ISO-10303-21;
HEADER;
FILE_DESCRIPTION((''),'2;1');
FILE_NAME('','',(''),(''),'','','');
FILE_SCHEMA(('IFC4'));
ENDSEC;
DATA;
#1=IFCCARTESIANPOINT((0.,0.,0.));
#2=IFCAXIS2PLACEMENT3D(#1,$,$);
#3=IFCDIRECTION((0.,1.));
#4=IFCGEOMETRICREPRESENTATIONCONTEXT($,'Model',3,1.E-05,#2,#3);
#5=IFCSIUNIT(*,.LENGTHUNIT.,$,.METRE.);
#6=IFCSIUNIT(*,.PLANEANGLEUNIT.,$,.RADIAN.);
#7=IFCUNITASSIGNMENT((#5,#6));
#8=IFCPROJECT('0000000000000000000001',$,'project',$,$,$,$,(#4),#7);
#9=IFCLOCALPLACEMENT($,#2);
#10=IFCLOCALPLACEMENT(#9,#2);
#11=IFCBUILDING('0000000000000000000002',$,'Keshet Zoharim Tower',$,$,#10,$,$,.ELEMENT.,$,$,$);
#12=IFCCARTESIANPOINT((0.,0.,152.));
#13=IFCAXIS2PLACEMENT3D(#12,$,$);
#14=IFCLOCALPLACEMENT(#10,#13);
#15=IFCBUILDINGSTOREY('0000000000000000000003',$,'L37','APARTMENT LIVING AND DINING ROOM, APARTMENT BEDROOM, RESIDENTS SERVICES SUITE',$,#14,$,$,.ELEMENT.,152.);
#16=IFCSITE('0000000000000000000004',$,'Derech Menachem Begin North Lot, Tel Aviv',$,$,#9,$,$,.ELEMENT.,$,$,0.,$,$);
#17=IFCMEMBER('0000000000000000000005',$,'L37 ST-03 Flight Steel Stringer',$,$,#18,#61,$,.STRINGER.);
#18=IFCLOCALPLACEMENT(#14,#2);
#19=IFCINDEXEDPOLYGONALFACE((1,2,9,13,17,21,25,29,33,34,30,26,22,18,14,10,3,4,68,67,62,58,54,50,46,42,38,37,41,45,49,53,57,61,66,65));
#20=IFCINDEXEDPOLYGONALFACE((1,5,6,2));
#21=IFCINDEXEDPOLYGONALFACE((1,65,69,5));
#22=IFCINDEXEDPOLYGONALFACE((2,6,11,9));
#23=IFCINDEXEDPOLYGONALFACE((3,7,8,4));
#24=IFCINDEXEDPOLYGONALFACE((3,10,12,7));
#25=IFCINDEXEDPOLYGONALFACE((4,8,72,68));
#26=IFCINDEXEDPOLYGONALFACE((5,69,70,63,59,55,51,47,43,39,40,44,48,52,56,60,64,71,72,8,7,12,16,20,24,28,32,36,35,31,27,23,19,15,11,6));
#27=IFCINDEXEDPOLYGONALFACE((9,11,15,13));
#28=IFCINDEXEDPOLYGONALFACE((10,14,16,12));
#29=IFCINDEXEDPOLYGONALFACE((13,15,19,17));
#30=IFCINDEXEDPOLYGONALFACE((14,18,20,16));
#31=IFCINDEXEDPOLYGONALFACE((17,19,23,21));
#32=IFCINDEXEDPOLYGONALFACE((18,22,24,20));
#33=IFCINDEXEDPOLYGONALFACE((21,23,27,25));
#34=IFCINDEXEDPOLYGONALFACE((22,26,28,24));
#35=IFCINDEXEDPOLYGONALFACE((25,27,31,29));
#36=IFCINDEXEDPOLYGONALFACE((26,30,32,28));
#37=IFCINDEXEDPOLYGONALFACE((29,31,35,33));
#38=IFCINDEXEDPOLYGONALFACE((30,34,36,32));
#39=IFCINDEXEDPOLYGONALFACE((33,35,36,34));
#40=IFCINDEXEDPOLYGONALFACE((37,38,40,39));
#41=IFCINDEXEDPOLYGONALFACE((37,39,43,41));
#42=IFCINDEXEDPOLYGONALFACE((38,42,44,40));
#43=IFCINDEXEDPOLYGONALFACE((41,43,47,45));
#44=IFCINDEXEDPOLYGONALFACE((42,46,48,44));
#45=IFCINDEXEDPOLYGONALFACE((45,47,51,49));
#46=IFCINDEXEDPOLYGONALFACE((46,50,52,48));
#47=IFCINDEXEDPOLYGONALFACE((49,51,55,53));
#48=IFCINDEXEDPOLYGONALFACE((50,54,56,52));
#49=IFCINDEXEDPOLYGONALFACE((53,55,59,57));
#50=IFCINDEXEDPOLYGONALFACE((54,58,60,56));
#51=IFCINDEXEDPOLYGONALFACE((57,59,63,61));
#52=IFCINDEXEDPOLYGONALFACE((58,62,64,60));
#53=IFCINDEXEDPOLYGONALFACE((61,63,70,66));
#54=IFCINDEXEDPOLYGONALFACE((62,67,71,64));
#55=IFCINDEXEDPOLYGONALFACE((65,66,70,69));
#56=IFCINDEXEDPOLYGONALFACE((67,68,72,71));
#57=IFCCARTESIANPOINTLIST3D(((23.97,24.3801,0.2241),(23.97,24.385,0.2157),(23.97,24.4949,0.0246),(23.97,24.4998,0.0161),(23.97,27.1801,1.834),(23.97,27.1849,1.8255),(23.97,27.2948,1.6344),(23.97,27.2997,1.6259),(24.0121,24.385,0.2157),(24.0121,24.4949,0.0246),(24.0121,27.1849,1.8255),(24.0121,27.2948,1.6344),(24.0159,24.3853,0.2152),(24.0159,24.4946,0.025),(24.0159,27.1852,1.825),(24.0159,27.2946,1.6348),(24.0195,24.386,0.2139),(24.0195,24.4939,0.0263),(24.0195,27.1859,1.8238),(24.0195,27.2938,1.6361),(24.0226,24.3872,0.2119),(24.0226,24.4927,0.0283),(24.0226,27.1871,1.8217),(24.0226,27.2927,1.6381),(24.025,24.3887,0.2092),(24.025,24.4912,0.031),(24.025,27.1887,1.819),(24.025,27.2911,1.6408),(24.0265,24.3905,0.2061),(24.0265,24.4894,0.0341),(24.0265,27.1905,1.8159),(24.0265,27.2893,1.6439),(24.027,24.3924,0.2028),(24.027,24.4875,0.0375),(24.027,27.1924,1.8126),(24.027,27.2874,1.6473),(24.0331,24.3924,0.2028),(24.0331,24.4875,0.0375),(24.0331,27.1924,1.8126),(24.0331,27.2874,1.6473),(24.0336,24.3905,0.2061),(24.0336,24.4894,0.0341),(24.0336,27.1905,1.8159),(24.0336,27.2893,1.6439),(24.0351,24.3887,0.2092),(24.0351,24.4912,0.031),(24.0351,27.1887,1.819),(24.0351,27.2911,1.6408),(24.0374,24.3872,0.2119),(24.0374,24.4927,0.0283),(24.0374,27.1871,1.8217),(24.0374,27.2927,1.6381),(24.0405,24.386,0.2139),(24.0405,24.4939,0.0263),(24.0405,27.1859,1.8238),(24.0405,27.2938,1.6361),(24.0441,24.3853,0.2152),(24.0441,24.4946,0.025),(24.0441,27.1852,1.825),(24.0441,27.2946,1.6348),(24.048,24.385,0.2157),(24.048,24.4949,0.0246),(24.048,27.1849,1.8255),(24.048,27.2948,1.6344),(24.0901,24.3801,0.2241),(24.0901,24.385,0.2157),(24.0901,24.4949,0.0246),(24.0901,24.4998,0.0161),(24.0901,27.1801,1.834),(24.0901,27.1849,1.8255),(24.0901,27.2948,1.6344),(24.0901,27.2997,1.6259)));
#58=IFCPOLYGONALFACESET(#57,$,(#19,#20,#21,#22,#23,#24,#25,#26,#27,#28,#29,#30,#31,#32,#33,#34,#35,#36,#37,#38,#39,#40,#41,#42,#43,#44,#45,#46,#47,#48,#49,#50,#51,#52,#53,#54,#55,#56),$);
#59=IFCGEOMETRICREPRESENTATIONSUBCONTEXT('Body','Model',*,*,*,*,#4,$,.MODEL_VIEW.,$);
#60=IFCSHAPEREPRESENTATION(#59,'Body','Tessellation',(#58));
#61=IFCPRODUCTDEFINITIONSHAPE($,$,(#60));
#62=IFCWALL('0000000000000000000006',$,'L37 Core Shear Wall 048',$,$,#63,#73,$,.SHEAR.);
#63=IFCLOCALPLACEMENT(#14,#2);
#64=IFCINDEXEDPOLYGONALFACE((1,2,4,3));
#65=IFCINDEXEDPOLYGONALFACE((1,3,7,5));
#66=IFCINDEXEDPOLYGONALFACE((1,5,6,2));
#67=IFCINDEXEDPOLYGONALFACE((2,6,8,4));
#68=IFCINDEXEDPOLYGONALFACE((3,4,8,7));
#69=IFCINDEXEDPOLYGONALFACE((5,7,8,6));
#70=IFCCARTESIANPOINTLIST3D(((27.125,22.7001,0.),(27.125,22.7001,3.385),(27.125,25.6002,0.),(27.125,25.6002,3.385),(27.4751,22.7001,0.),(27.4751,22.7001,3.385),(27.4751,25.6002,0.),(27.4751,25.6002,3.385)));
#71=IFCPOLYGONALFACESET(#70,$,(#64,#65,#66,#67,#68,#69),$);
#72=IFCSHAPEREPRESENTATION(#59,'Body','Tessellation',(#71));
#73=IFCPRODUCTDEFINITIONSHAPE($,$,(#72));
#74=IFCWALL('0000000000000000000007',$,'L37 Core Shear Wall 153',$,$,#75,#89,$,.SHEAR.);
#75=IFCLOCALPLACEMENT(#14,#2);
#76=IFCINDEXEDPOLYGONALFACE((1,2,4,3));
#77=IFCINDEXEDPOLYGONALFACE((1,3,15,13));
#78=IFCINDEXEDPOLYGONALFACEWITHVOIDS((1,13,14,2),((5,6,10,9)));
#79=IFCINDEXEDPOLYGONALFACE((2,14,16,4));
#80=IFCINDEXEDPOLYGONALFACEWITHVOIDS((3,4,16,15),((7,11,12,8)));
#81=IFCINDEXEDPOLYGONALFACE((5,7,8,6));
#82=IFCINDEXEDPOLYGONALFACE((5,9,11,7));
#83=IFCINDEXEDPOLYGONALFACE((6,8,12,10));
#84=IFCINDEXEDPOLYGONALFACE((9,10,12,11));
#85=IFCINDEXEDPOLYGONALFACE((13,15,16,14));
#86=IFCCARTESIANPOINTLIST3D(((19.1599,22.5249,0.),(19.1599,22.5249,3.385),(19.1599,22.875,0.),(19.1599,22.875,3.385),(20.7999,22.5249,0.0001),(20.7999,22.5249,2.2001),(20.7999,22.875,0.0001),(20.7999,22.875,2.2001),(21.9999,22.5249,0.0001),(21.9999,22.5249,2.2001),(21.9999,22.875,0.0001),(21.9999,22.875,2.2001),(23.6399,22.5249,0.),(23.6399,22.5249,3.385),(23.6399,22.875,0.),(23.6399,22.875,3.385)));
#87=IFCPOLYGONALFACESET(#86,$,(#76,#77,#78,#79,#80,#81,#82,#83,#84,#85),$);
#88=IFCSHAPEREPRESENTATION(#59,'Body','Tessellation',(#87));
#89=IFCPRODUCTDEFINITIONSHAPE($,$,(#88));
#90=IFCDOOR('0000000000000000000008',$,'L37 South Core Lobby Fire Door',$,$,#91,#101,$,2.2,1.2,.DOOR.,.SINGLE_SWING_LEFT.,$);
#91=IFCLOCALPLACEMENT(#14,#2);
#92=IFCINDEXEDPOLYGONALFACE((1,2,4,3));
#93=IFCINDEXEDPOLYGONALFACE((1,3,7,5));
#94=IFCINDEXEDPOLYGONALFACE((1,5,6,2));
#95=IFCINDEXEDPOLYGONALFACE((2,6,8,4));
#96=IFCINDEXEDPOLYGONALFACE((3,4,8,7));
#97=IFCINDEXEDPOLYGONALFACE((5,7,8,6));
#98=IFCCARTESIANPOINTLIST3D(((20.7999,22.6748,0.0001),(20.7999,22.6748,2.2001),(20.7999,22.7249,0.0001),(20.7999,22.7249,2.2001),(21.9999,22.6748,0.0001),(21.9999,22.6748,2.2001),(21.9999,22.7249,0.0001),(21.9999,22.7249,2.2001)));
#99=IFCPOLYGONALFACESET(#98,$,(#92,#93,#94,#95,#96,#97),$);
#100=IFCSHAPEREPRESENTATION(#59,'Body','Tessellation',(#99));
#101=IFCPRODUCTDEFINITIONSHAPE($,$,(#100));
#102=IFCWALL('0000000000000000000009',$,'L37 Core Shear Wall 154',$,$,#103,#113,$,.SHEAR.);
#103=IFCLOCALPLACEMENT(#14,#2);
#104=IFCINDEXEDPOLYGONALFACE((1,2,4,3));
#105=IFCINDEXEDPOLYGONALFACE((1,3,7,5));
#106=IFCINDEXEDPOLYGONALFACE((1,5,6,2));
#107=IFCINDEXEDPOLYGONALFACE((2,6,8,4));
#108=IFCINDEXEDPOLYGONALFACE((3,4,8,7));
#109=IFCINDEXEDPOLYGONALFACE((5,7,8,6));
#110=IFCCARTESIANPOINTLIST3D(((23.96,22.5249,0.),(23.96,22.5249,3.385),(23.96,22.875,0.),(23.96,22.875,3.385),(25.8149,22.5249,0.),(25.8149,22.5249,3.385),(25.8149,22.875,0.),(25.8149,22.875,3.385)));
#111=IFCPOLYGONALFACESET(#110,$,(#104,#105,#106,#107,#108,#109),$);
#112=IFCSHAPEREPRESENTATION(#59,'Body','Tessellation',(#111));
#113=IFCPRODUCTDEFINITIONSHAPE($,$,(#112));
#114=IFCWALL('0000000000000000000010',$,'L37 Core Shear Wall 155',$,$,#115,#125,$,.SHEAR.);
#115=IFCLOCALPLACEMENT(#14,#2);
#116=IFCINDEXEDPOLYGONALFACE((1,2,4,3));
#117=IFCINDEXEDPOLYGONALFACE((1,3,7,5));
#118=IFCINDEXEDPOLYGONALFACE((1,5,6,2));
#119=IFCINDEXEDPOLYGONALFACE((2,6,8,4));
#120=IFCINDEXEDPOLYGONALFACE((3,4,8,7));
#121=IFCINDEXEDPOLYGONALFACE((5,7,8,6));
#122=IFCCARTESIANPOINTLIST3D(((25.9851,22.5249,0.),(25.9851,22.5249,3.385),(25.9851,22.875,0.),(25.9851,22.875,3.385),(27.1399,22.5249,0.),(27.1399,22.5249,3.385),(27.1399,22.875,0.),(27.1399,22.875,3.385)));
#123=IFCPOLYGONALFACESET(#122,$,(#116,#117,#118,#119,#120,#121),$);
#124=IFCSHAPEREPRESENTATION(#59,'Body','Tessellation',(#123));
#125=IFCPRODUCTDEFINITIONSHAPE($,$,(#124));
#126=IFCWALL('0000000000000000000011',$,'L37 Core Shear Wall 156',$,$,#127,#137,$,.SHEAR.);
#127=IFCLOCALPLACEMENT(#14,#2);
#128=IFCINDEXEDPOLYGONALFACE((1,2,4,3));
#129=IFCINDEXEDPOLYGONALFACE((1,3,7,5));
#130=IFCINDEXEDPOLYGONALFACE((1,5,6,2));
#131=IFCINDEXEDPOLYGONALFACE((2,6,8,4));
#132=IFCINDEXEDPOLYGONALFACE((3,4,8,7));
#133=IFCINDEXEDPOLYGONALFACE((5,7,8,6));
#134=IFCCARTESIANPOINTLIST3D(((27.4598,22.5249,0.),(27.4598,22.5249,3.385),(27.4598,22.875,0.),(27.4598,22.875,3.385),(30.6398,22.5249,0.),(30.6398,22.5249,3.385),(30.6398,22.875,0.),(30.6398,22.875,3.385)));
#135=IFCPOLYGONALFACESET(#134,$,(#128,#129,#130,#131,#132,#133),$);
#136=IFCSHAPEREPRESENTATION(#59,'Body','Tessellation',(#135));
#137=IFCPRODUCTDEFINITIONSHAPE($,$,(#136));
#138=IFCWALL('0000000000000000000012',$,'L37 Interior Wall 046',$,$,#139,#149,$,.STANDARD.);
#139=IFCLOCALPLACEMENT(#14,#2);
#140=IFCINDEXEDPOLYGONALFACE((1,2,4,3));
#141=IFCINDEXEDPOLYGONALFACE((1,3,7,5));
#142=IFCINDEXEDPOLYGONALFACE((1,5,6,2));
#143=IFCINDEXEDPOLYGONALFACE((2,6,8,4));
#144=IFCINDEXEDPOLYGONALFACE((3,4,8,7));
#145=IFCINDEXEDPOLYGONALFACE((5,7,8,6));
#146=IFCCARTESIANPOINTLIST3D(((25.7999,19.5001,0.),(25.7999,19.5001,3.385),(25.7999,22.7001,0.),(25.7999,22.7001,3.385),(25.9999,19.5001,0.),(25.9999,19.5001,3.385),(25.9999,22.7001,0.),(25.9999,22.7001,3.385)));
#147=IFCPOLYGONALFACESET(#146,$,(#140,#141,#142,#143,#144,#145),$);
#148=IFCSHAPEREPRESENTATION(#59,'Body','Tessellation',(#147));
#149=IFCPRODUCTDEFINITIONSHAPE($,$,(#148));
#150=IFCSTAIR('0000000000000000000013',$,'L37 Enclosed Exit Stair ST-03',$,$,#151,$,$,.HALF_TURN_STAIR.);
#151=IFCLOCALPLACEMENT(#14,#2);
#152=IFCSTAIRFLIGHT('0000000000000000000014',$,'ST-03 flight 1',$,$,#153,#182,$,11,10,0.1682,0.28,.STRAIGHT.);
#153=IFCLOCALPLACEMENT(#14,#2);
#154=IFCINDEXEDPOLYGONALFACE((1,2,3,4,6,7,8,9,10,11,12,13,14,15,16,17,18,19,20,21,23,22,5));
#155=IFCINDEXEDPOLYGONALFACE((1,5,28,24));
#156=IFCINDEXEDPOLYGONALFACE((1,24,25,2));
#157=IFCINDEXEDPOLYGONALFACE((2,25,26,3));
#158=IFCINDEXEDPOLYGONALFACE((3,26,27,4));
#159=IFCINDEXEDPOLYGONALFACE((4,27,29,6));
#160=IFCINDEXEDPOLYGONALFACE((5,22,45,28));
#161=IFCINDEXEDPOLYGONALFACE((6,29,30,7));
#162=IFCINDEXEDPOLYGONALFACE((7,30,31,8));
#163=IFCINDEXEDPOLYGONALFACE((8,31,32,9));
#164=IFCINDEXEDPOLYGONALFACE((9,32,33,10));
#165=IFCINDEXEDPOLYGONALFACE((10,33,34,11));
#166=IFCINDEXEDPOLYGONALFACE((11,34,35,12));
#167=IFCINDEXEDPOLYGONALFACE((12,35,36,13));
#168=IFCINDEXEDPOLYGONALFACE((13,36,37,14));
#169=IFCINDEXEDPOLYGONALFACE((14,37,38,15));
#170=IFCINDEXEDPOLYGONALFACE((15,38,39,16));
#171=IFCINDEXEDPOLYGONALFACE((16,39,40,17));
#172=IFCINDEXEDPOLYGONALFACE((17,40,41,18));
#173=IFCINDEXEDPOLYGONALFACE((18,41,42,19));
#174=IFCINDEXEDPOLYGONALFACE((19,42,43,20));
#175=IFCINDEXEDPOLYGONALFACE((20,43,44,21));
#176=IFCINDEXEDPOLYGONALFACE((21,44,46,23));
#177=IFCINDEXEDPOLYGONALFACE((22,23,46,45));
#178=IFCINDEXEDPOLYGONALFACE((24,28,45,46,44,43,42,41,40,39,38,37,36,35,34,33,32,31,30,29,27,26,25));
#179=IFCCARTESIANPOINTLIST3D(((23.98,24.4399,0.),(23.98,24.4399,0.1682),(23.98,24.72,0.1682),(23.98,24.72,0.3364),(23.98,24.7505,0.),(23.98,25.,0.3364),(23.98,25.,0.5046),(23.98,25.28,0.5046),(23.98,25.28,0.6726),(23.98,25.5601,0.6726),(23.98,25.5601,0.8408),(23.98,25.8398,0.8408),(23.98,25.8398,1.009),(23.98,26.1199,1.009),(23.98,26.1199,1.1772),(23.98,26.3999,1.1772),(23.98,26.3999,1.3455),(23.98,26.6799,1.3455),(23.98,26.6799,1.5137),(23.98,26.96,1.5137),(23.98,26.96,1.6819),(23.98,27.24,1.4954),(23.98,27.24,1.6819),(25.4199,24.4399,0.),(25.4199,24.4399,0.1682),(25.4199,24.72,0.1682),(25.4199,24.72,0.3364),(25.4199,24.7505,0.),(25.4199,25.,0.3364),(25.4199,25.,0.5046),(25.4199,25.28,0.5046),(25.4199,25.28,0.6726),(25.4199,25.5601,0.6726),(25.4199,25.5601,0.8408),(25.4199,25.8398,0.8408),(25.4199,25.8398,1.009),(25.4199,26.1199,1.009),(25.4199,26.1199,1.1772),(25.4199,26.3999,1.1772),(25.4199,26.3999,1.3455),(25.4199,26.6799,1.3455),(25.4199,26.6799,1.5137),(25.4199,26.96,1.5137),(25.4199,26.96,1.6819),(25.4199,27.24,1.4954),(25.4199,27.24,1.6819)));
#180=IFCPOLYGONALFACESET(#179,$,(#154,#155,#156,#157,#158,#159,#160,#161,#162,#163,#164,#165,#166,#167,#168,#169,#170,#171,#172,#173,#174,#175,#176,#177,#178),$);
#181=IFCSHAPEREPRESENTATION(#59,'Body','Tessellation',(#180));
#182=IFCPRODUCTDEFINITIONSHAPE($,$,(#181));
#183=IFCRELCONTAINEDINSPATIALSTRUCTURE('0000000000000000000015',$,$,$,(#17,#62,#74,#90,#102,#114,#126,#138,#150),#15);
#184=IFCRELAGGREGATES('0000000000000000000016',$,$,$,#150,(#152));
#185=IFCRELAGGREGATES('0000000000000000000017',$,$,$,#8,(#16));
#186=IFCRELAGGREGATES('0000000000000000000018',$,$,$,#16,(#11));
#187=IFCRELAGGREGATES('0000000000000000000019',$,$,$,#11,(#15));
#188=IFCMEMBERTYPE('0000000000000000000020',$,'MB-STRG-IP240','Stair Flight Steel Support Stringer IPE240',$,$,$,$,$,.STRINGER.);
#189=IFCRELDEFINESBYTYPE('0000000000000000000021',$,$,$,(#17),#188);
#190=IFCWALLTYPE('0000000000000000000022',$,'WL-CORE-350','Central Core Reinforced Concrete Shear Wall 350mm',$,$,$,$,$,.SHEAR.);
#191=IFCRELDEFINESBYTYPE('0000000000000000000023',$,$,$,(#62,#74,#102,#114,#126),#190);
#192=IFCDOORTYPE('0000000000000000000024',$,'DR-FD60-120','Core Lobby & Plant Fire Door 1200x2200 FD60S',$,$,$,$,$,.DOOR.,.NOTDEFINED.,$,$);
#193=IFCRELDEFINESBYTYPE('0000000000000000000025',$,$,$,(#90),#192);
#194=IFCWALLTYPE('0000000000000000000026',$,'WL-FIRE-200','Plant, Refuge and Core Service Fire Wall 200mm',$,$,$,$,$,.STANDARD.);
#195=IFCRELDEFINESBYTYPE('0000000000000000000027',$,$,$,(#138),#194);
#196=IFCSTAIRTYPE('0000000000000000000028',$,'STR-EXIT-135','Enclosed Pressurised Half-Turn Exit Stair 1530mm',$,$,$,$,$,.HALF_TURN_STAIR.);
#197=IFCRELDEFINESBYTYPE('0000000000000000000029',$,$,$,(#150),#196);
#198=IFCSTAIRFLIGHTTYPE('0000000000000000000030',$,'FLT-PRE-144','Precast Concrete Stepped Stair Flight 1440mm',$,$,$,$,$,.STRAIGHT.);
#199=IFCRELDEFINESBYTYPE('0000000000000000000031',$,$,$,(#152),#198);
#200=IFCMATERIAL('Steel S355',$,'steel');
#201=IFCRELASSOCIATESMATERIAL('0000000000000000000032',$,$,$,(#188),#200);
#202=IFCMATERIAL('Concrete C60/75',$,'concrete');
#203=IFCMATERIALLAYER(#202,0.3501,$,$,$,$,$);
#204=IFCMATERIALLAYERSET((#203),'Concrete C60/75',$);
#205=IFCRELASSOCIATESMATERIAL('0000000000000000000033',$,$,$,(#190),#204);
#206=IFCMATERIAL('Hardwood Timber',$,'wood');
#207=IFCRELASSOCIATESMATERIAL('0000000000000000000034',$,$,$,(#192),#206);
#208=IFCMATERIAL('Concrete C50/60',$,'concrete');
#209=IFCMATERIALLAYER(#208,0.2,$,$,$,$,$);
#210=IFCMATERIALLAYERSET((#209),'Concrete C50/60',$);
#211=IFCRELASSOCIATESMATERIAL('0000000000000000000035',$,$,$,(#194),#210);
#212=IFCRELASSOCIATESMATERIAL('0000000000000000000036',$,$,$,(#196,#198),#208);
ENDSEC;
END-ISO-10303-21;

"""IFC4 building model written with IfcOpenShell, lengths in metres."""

from ifc_helpers import new_model, si_unit, direction, frame, frame_2d, origin, origin_2d, place, context, subcontext, project, spatial, polyline, rectangle, i_section, outline, extrude, material, layer, layer_set, material_profile, profile_set, type_object, element, fill, aggregate, save


model = new_model("IFC4")

# Units and contexts
model_context = context("Model", 3, precision=1e-05, world=origin(), true_north=direction((0.0, 1.0)))
body_context = subcontext(model_context, "Body", "Model", "MODEL_VIEW")
ifc_project = project(units=[si_unit("LENGTHUNIT", "METRE"), si_unit("PLANEANGLEUNIT", "RADIAN")], contexts=[model_context])

# Site, building, storey
site_placement = place(None, origin())
site = spatial("IfcSite", under=ifc_project, at=site_placement, Name="Derech Menachem Begin North Lot, Tel Aviv", CompositionType="ELEMENT", RefElevation=0.0)
building_placement = place(site_placement, origin())
building = spatial("IfcBuilding", under=site, at=building_placement, Name="Keshet Zoharim Tower", CompositionType="ELEMENT")
storey_placement = place(building_placement, frame((0.0, 0.0, 152.0)))
storey = spatial("IfcBuildingStorey", under=building, at=storey_placement, Name="L37", Description="APARTMENT LIVING AND DINING ROOM, APARTMENT BEDROOM, RESIDENTS SERVICES SUITE", CompositionType="ELEMENT", Elevation=152.0)

# Member
ifc_material_1 = material(Name="Steel S355", Category="steel")
ifc_material_profile = material_profile(ifc_material_1, i_section(OverallWidth=0.1201, OverallDepth=0.24, WebThickness=0.0061, FlangeThickness=0.0098, FilletRadius=0.0149, at=origin_2d()), Name="IPE240")
ifc_profile_set = profile_set([ifc_material_profile], Name="Steel S355")
member_type = type_object("IfcMemberType", Name="MB-STRG-IP240", Description="Stair Flight Steel Support Stringer IPE240", PredefinedType="STRINGER", material=ifc_profile_set)
member_placement = place(storey_placement, frame((24.03, 24.4399, 0.1201), z_axis=(0.0, 0.866928, 0.498433), x_axis=(-1.0, 0.0, 0.0)))
element("IfcMember", 1, at=member_placement, inside=storey, type_object=member_type, Name="L37 ST-03 Flight Steel Stringer", PredefinedType="STRINGER", context=body_context, shape_type="SweptSolid", body=[
    extrude(i_section(OverallWidth=0.1201, OverallDepth=0.24, WebThickness=0.0061, FlangeThickness=0.0098, FilletRadius=0.0149, at=origin_2d()), origin(), (0.0, 0.0, 1.0), 3.2297),
])

# Shared definitions
ifc_material_2 = material(Name="Concrete C60/75", Category="concrete")
ifc_layer_1 = layer(ifc_material_2, 0.3501)
ifc_layer_set_1 = layer_set([ifc_layer_1], Name="Concrete C60/75")
wall_type_1 = type_object("IfcWallType", Name="WL-CORE-350", Description="Central Core Reinforced Concrete Shear Wall 350mm", PredefinedType="SHEAR", material=ifc_layer_set_1)
ifc_material_3 = material(Name="Hardwood Timber", Category="wood")

# Wall
wall_1_placement = place(storey_placement, frame((27.3, 22.7, 0.0), z_axis=(0.0, 0.0, 1.0), x_axis=(0.0, 1.0, 0.0)))
element("IfcWall", 2, at=wall_1_placement, inside=storey, type_object=wall_type_1, Name="L37 Core Shear Wall 048", PredefinedType="SHEAR", context=body_context, shape_type="SweptSolid", body=[
    extrude(rectangle(XDim=2.9001, YDim=0.3501, at=frame_2d((1.4502, 0.0))), origin(), (0.0, 0.0, 1.0), 3.385),
])

# Wall, opening, door
wall_2_placement = place(storey_placement, frame((19.1599, 22.7, 0.0), z_axis=(0.0, 0.0, 1.0), x_axis=(1.0, 0.0, 0.0)))
wall_2 = element("IfcWall", 3, at=wall_2_placement, inside=storey, type_object=wall_type_1, Name="L37 Core Shear Wall 153", PredefinedType="SHEAR", context=body_context, shape_type="SweptSolid", body=[
    extrude(rectangle(XDim=4.48, YDim=0.3501, at=frame_2d((2.24, 0.0))), origin(), (0.0, 0.0, 1.0), 3.385),
])
opening_1_placement = place(wall_2_placement, frame((1.6399, 0.0, 0.0)))
opening_1 = element("IfcOpeningElement", 4, at=opening_1_placement, cuts=wall_2, PredefinedType="OPENING", context=body_context, shape_type="SweptSolid", body=[
    extrude(rectangle(XDim=1.2, YDim=2.2, at=frame_2d((0.6001, 1.1001))), frame((0.0, 0.1851, 0.0), z_axis=(0.0, -1.0, 0.0), x_axis=(1.0, 0.0, 0.0)), (0.0, 0.0, 1.0), 0.3701),
])
door_type_1 = type_object("IfcDoorType", Name="DR-FD60-120", Description="Core Lobby & Plant Fire Door 1200x2200 FD60S", OperationType="NOTDEFINED", PredefinedType="DOOR", material=ifc_material_3)
door_1_placement = place(opening_1_placement, origin())
door_1 = element("IfcDoor", 5, at=door_1_placement, inside=storey, type_object=door_type_1, Name="L37 South Core Lobby Fire Door", OperationType="SINGLE_SWING_LEFT", OverallHeight=2.2, OverallWidth=1.2, PredefinedType="DOOR", context=body_context, shape_type="SweptSolid", body=[
    extrude(rectangle(XDim=1.2, YDim=2.2, at=frame_2d((0.6001, 1.1001))), frame((0.0, 0.0249, 0.0), z_axis=(0.0, -1.0, 0.0), x_axis=(1.0, 0.0, 0.0)), (0.0, 0.0, 1.0), 0.05),
])
fill(opening_1, door_1)

# Walls
wall_3_placement = place(storey_placement, frame((23.96, 22.7, 0.0), z_axis=(0.0, 0.0, 1.0), x_axis=(1.0, 0.0, 0.0)))
element("IfcWall", 6, at=wall_3_placement, inside=storey, type_object=wall_type_1, Name="L37 Core Shear Wall 154", PredefinedType="SHEAR", context=body_context, shape_type="SweptSolid", body=[
    extrude(rectangle(XDim=1.855, YDim=0.3501, at=frame_2d((0.9275, 0.0))), origin(), (0.0, 0.0, 1.0), 3.385),
])
wall_4_placement = place(storey_placement, frame((25.9851, 22.7, 0.0), z_axis=(0.0, 0.0, 1.0), x_axis=(1.0, 0.0, 0.0)))
element("IfcWall", 7, at=wall_4_placement, inside=storey, type_object=wall_type_1, Name="L37 Core Shear Wall 155", PredefinedType="SHEAR", context=body_context, shape_type="SweptSolid", body=[
    extrude(rectangle(XDim=1.1548, YDim=0.3501, at=frame_2d((0.5774, 0.0))), origin(), (0.0, 0.0, 1.0), 3.385),
])
wall_5_placement = place(storey_placement, frame((27.46, 22.7, 0.0), z_axis=(0.0, 0.0, 1.0), x_axis=(1.0, 0.0, 0.0)))
element("IfcWall", 8, at=wall_5_placement, inside=storey, type_object=wall_type_1, Name="L37 Core Shear Wall 156", PredefinedType="SHEAR", context=body_context, shape_type="SweptSolid", body=[
    extrude(rectangle(XDim=3.1799, YDim=0.3501, at=frame_2d((1.5898, 0.0))), origin(), (0.0, 0.0, 1.0), 3.385),
])
ifc_material_4 = material(Name="Concrete C50/60", Category="concrete")
ifc_layer_2 = layer(ifc_material_4, 0.2)
ifc_layer_set_2 = layer_set([ifc_layer_2], Name="Concrete C50/60")
wall_type_2 = type_object("IfcWallType", Name="WL-FIRE-200", Description="Plant, Refuge and Core Service Fire Wall 200mm", PredefinedType="STANDARD", material=ifc_layer_set_2)
wall_6_placement = place(storey_placement, frame((25.8999, 19.5, 0.0), z_axis=(0.0, 0.0, 1.0), x_axis=(0.0, 1.0, 0.0)))
element("IfcWall", 9, at=wall_6_placement, inside=storey, type_object=wall_type_2, Name="L37 Interior Wall 046", PredefinedType="STANDARD", context=body_context, shape_type="SweptSolid", body=[
    extrude(rectangle(XDim=3.2, YDim=0.2, at=frame_2d((1.6001, 0.0))), origin(), (0.0, 0.0, 1.0), 3.385),
])

# Stair, stair flight
stair_type = type_object("IfcStairType", Name="STR-EXIT-135", Description="Enclosed Pressurised Half-Turn Exit Stair 1530mm", PredefinedType="HALF_TURN_STAIR", material=ifc_material_4)
stair_placement = place(storey_placement, origin())
stair = element("IfcStair", 10, at=stair_placement, inside=storey, type_object=stair_type, Name="L37 Enclosed Exit Stair ST-03", PredefinedType="HALF_TURN_STAIR")
stair_flight_type = type_object("IfcStairFlightType", Name="FLT-PRE-144", Description="Precast Concrete Stepped Stair Flight 1440mm", PredefinedType="STRAIGHT", material=ifc_material_4)
stair_flight_placement = place(storey_placement, frame((24.7, 24.4399, 0.0), z_axis=(0.0, 0.0, 1.0), x_axis=(0.0, 1.0, 0.0)))
stair_flight = element("IfcStairFlight", 11, at=stair_flight_placement, type_object=stair_flight_type, Name="ST-03 flight 1", NumberOfRisers=11, NumberOfTreads=10, PredefinedType="STRAIGHT", RiserHeight=0.1682, TreadLength=0.28, context=body_context, shape_type="SweptSolid", body=[
    extrude(outline(polyline([(0.0, 0.0), (0.0, 0.1682), (0.28, 0.1682), (0.28, 0.3364), (0.5601, 0.3364), (0.5601, 0.5046), (0.8401, 0.5046), (0.8401, 0.6726), (1.1201, 0.6726), (1.1201, 0.8408), (1.3999, 0.8408), (1.3999, 1.009), (1.6799, 1.009), (1.6799, 1.1772), (1.96, 1.1772), (1.96, 1.3455), (2.24, 1.3455), (2.24, 1.5137), (2.52, 1.5137), (2.52, 1.6819), (2.8, 1.6819), (2.8, 1.8501), (2.8, 1.4954), (0.3105, 0.0), (0.0, 0.0)])), frame((0.0, 0.72, 0.0), z_axis=(0.0, -1.0, 0.0), x_axis=(1.0, 0.0, 0.0)), (0.0, 0.0, 1.0), 1.4399),
])
aggregate(stair, [stair_flight])

save(model, "model.ifc")
